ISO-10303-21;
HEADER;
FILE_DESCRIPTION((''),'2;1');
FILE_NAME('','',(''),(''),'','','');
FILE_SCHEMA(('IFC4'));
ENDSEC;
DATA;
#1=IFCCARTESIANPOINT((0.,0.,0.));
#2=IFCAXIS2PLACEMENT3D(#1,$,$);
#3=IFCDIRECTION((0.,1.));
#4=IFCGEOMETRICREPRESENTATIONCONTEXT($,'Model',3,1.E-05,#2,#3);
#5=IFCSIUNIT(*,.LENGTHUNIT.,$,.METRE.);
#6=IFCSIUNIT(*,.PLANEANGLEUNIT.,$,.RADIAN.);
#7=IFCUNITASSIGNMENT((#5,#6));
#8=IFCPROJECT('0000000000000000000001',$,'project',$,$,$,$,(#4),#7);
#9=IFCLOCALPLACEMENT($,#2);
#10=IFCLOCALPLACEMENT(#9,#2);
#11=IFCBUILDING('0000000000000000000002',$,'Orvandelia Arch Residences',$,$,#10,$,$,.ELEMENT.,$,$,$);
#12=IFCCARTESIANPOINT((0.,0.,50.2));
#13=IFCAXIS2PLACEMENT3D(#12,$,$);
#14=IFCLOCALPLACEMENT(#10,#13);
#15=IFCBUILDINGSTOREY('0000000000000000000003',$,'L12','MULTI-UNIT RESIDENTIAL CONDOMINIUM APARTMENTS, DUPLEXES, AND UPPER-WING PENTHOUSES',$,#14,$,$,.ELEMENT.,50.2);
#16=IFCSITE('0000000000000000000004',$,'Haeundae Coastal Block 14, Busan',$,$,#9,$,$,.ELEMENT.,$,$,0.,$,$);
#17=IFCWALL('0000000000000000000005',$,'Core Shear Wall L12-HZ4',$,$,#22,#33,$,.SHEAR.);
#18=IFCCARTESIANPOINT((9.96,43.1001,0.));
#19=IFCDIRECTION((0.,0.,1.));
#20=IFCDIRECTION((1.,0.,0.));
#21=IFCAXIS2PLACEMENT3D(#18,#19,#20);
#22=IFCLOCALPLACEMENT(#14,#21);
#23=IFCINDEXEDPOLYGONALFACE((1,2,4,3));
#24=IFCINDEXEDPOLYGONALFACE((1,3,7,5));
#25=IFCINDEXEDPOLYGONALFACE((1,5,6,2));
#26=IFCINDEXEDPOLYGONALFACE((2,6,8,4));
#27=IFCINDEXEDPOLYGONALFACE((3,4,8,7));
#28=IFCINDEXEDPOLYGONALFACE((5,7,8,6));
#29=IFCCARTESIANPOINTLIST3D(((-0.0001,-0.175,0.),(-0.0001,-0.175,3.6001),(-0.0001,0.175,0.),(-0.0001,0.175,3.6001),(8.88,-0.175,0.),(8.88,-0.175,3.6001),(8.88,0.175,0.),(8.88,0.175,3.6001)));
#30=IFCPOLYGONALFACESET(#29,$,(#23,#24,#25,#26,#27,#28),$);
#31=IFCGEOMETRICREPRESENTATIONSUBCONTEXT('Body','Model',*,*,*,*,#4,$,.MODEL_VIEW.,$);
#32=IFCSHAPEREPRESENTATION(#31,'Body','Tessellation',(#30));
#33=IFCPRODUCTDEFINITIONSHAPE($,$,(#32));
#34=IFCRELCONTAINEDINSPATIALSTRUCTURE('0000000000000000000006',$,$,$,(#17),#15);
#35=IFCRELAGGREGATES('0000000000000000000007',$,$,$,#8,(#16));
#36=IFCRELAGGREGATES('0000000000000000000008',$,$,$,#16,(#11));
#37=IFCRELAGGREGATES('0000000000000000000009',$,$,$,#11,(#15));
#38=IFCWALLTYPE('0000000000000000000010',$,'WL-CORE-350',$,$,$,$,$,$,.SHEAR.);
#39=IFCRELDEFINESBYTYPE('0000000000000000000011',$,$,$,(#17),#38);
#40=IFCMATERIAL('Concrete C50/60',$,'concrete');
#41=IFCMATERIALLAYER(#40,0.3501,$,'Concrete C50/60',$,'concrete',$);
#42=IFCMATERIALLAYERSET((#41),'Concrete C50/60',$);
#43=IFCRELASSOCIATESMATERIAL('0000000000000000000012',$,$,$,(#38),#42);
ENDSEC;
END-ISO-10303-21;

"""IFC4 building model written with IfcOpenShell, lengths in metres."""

from ifc_helpers import new_model, si_unit, direction, frame, frame_2d, origin, place, context, subcontext, project, spatial, rectangle, extrude, material, layer, layer_set, type_object, element, save


model = new_model("IFC4")

# Units and contexts
model_context = context("Model", 3, precision=1e-05, world=origin(), true_north=direction((0.0, 1.0)))
body_context = subcontext(model_context, "Body", "Model", "MODEL_VIEW")
ifc_project = project(units=[si_unit("LENGTHUNIT", "METRE"), si_unit("PLANEANGLEUNIT", "RADIAN")], contexts=[model_context])

# Site, building, storey
site_placement = place(None, origin())
site = spatial("IfcSite", under=ifc_project, at=site_placement, Name="Haeundae Coastal Block 14, Busan", CompositionType="ELEMENT", RefElevation=0.0)
building_placement = place(site_placement, origin())
building = spatial("IfcBuilding", under=site, at=building_placement, Name="Orvandelia Arch Residences", CompositionType="ELEMENT")
storey_placement = place(building_placement, frame((0.0, 0.0, 50.2)))
storey = spatial("IfcBuildingStorey", under=building, at=storey_placement, Name="L12", Description="MULTI-UNIT RESIDENTIAL CONDOMINIUM APARTMENTS, DUPLEXES, AND UPPER-WING PENTHOUSES", CompositionType="ELEMENT", Elevation=50.2)

# Wall
ifc_material_1 = material(Name="Concrete C50/60", Category="concrete")
ifc_layer_1 = layer(ifc_material_1, 0.3501, Name="Concrete C50/60", Category="concrete")
ifc_layer_set_1 = layer_set([ifc_layer_1], Name="Concrete C50/60")
wall_type_1 = type_object("IfcWallType", Name="WL-CORE-350", PredefinedType="SHEAR", material=ifc_layer_set_1)
wall_1_placement = place(storey_placement, frame((9.96, 43.1001, 0.0), z_axis=(0.0, 0.0, 1.0), x_axis=(1.0, 0.0, 0.0)))
element("IfcWall", 1, at=wall_1_placement, inside=storey, type_object=wall_type_1, Name="Core Shear Wall L12-HZ4", PredefinedType="SHEAR", context=body_context, shape_type="SweptSolid", body=[
    extrude(rectangle(XDim=8.8801, YDim=0.3501, at=frame_2d((4.4399, 0.0))), origin(), (0.0, 0.0, 1.0), 3.6001),
])

save(model, "model.ifc")
